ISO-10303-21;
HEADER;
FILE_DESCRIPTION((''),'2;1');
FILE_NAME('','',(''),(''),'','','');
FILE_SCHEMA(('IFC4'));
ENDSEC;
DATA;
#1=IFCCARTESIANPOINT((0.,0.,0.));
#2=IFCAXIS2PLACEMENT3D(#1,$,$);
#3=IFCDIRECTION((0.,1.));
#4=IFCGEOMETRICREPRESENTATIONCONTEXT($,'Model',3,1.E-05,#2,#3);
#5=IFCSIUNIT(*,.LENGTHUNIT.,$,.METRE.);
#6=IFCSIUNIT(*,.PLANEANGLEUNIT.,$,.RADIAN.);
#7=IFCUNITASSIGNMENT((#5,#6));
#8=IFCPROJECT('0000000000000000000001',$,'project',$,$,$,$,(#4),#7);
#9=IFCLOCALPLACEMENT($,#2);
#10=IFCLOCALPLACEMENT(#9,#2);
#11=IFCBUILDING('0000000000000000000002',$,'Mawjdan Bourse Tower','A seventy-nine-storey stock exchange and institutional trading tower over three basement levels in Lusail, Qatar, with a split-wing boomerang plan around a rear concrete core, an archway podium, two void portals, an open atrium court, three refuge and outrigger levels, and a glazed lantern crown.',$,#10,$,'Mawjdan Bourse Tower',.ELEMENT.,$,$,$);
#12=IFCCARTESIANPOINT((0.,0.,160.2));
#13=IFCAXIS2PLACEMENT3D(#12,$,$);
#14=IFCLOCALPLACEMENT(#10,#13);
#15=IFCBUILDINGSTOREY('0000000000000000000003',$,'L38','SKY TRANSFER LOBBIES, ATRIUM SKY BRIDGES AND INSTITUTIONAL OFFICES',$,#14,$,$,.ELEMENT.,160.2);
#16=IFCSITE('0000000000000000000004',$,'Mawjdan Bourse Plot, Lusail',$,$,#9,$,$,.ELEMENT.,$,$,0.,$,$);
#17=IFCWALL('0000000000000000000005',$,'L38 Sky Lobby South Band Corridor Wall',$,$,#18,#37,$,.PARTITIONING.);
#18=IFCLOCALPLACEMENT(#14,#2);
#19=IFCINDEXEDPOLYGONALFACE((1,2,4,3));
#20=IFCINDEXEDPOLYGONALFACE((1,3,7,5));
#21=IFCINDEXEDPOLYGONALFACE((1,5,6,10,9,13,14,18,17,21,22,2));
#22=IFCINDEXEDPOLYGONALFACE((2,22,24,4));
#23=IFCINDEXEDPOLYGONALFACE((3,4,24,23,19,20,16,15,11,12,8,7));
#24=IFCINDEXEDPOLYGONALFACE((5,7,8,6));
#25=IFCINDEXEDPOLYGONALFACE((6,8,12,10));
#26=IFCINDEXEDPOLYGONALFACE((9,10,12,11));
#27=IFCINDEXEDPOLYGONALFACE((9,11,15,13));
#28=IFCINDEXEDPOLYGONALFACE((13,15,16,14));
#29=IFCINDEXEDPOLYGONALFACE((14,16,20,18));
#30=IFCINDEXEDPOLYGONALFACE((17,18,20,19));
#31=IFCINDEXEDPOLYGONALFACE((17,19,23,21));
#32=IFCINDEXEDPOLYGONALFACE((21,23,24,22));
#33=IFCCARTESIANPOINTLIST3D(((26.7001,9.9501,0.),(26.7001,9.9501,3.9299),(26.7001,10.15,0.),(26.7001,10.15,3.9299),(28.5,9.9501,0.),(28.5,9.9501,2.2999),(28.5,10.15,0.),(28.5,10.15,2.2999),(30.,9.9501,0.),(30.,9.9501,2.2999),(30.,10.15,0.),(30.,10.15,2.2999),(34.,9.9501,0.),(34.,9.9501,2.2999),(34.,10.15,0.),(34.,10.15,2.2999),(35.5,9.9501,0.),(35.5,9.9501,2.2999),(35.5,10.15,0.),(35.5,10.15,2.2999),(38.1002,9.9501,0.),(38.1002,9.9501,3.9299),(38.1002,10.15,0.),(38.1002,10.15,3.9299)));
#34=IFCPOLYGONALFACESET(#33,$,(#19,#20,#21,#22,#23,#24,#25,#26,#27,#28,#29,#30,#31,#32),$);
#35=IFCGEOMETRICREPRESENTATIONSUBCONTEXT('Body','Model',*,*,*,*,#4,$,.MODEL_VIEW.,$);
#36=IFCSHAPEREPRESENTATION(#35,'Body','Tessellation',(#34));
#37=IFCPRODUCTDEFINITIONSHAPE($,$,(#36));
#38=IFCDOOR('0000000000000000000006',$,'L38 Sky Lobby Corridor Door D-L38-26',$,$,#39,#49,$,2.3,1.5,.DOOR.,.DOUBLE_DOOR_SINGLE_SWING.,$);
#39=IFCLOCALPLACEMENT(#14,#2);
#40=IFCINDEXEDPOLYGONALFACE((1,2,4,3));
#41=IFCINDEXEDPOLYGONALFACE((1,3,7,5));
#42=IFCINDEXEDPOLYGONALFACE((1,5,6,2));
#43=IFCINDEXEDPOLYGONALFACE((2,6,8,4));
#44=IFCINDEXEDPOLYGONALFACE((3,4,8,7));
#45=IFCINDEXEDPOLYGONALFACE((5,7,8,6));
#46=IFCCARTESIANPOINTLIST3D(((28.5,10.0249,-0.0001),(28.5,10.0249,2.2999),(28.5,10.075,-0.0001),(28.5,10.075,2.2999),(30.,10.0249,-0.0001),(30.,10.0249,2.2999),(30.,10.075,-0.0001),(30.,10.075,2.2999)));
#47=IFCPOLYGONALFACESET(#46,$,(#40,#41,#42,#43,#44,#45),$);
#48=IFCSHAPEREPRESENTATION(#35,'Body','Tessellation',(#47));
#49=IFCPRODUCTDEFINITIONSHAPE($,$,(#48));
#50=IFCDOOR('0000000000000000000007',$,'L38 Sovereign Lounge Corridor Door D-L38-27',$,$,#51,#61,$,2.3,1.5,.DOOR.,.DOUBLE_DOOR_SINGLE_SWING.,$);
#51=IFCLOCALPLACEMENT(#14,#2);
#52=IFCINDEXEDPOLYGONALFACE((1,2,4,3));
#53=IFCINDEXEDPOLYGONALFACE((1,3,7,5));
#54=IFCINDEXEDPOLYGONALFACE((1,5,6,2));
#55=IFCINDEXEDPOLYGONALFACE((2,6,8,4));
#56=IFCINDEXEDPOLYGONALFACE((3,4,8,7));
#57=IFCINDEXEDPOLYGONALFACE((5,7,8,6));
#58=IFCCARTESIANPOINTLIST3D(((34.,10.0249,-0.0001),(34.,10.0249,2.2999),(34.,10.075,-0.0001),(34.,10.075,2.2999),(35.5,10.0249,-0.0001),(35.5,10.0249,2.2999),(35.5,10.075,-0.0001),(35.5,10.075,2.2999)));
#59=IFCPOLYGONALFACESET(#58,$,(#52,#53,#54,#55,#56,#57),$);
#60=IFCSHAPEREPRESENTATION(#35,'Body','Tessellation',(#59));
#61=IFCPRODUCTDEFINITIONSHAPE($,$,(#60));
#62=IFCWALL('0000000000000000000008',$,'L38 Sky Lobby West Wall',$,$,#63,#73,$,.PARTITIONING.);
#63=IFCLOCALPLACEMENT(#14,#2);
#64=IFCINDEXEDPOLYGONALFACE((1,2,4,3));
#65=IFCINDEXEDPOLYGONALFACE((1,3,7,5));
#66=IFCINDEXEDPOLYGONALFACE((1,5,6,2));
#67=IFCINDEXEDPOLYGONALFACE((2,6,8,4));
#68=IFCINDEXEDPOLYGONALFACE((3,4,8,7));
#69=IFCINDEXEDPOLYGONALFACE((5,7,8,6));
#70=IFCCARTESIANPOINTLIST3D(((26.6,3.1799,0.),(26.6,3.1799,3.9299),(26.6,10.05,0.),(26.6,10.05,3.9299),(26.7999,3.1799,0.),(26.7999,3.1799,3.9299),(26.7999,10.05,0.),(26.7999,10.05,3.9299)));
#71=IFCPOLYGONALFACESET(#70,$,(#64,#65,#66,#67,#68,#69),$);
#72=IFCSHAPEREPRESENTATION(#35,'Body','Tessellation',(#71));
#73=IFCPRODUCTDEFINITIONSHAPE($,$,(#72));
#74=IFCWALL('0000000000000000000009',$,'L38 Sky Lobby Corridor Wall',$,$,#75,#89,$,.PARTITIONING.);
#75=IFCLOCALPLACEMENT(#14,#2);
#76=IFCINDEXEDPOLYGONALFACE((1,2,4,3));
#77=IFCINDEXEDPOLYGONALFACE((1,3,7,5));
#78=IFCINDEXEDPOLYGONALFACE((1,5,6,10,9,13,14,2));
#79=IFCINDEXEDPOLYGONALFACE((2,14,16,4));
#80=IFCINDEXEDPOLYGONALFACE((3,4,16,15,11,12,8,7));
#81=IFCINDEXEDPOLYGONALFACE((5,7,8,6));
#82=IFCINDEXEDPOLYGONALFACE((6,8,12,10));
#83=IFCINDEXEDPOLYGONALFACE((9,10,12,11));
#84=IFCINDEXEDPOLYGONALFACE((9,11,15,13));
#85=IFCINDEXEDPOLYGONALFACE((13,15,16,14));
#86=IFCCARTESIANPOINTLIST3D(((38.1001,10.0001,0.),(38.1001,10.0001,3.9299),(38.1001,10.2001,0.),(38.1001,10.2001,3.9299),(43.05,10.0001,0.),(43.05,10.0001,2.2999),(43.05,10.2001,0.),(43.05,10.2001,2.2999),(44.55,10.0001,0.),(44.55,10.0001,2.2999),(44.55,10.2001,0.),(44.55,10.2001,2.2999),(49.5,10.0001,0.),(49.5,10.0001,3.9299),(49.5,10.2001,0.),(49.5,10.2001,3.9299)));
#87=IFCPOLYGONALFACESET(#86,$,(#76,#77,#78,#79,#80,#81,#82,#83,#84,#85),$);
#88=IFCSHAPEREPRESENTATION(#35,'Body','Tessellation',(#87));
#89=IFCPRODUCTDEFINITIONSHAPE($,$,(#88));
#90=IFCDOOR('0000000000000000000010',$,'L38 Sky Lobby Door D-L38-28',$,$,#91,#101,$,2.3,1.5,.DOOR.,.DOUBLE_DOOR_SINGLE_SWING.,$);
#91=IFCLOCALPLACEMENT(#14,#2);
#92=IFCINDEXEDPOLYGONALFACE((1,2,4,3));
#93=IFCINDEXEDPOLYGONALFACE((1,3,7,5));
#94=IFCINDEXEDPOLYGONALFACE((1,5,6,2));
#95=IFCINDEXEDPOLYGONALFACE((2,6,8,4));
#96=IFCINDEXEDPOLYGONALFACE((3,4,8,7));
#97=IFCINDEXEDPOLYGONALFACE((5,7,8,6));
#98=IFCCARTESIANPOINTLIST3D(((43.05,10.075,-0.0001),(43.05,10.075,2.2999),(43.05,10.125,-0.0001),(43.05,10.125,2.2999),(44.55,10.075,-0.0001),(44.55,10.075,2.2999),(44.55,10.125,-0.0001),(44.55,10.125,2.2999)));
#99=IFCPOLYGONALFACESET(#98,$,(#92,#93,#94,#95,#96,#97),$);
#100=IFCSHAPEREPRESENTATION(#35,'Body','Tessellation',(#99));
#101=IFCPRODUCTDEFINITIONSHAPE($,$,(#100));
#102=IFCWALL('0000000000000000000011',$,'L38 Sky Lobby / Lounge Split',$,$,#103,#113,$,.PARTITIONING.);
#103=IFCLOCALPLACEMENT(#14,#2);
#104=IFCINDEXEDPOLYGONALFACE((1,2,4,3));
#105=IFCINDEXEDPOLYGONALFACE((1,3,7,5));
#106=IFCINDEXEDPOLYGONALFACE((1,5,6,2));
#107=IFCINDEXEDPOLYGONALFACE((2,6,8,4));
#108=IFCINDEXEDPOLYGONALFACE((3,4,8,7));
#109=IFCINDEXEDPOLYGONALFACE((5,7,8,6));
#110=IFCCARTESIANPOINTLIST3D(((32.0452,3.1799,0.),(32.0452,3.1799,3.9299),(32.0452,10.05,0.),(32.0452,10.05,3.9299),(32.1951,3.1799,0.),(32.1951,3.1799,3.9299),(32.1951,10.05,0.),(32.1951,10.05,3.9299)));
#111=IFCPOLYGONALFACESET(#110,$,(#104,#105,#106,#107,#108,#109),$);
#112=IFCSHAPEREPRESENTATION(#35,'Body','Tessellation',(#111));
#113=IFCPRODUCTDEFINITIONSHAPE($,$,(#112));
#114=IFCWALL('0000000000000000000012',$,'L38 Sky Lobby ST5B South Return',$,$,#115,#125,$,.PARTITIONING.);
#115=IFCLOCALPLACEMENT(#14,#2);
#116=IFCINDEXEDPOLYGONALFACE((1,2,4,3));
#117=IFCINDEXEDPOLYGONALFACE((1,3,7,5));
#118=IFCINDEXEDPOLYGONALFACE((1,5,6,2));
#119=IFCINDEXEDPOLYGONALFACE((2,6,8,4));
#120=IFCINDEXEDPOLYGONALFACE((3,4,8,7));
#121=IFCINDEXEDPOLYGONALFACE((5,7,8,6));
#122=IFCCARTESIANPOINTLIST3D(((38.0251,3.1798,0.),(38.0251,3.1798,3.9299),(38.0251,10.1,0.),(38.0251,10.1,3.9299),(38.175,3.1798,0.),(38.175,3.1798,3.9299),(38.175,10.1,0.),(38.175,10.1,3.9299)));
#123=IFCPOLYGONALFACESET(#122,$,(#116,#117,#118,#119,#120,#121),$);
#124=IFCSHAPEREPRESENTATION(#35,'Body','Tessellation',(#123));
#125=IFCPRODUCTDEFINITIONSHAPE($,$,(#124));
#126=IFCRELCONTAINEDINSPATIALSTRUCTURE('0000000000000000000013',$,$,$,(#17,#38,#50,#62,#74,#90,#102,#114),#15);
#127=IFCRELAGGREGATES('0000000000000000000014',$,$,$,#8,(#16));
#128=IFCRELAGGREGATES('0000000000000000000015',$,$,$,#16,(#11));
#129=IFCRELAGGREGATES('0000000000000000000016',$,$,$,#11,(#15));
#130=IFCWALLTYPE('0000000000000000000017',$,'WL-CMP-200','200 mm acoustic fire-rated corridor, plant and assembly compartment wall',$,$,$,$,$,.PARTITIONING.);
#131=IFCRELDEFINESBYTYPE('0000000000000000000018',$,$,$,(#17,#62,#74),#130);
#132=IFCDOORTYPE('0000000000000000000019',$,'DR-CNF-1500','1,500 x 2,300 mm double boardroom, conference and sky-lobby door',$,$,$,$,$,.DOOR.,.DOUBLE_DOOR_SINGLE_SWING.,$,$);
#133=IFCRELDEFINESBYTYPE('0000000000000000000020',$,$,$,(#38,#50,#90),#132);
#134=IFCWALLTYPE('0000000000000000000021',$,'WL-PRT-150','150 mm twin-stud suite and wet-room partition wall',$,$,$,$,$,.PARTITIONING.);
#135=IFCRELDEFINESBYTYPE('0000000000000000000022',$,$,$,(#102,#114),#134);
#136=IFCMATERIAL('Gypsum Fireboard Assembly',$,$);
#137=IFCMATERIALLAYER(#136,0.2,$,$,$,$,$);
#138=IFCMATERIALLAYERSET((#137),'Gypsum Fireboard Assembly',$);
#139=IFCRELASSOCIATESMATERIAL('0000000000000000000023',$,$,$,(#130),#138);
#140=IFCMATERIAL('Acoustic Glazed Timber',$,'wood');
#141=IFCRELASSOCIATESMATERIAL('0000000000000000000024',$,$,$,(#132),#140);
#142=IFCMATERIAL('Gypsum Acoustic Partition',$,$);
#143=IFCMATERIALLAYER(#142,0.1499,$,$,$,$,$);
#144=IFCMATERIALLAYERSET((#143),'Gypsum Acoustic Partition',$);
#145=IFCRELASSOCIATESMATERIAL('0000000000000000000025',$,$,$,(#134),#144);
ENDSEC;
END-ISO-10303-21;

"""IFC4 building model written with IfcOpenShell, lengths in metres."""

from ifc_helpers import new_model, si_unit, direction, frame, frame_2d, origin, place, context, subcontext, project, spatial, rectangle, extrude, material, layer, layer_set, type_object, element, fill, save


model = new_model("IFC4")

# Units and contexts
model_context = context("Model", 3, precision=1e-05, world=origin(), true_north=direction((0.0, 1.0)))
body_context = subcontext(model_context, "Body", "Model", "MODEL_VIEW")
ifc_project = project(units=[si_unit("LENGTHUNIT", "METRE"), si_unit("PLANEANGLEUNIT", "RADIAN")], contexts=[model_context])

# Site, building, storey
site_placement = place(None, origin())
site = spatial("IfcSite", under=ifc_project, at=site_placement, Name="Mawjdan Bourse Plot, Lusail", CompositionType="ELEMENT", RefElevation=0.0)
building_placement = place(site_placement, origin())
building = spatial("IfcBuilding", under=site, at=building_placement, Name="Mawjdan Bourse Tower", Description="A seventy-nine-storey stock exchange and institutional trading tower over three basement levels in Lusail, Qatar, with a split-wing boomerang plan around a rear concrete core, an archway podium, two void portals, an open atrium court, three refuge and outrigger levels, and a glazed lantern crown.", LongName="Mawjdan Bourse Tower", CompositionType="ELEMENT")
storey_placement = place(building_placement, frame((0.0, 0.0, 160.2)))
storey = spatial("IfcBuildingStorey", under=building, at=storey_placement, Name="L38", Description="SKY TRANSFER LOBBIES, ATRIUM SKY BRIDGES AND INSTITUTIONAL OFFICES", CompositionType="ELEMENT", Elevation=160.2)

# Shared definitions
ifc_material_1 = material(Name="Gypsum Fireboard Assembly")
ifc_layer_1 = layer(ifc_material_1, 0.2)
ifc_layer_set_1 = layer_set([ifc_layer_1], Name="Gypsum Fireboard Assembly")
wall_type_1 = type_object("IfcWallType", Name="WL-CMP-200", Description="200 mm acoustic fire-rated corridor, plant and assembly compartment wall", PredefinedType="PARTITIONING", material=ifc_layer_set_1)
ifc_material_2 = material(Name="Acoustic Glazed Timber", Category="wood")
door_type = type_object("IfcDoorType", Name="DR-CNF-1500", Description="1,500 x 2,300 mm double boardroom, conference and sky-lobby door", OperationType="DOUBLE_DOOR_SINGLE_SWING", PredefinedType="DOOR", material=ifc_material_2)

# Wall, openings, doors
wall_1_placement = place(storey_placement, frame((26.7, 10.05, 0.0), z_axis=(0.0, 0.0, 1.0), x_axis=(1.0, 0.0, 0.0)))
wall_1 = element("IfcWall", 1, at=wall_1_placement, inside=storey, type_object=wall_type_1, Name="L38 Sky Lobby South Band Corridor Wall", PredefinedType="PARTITIONING", context=body_context, shape_type="SweptSolid", body=[
    extrude(rectangle(XDim=11.4001, YDim=0.2, at=frame_2d((5.7002, 0.0))), origin(), (0.0, 0.0, 1.0), 3.9299),
])
opening_1_placement = place(wall_1_placement, frame((1.8, 0.0, 0.0)))
opening_1 = element("IfcOpeningElement", 2, at=opening_1_placement, cuts=wall_1, PredefinedType="OPENING", context=body_context, shape_type="SweptSolid", body=[
    extrude(rectangle(XDim=1.5, YDim=2.3, at=frame_2d((0.75, 1.1499))), frame((0.0, 0.1099, 0.0), z_axis=(0.0, -1.0, 0.0), x_axis=(1.0, 0.0, 0.0)), (0.0, 0.0, 1.0), 0.22),
])
opening_2_placement = place(wall_1_placement, frame((7.3, 0.0, 0.0)))
opening_2 = element("IfcOpeningElement", 3, at=opening_2_placement, cuts=wall_1, PredefinedType="OPENING", context=body_context, shape_type="SweptSolid", body=[
    extrude(rectangle(XDim=1.5, YDim=2.3, at=frame_2d((0.75, 1.1499))), frame((0.0, 0.1099, 0.0), z_axis=(0.0, -1.0, 0.0), x_axis=(1.0, 0.0, 0.0)), (0.0, 0.0, 1.0), 0.22),
])
door_1_placement = place(opening_1_placement, origin())
door_1 = element("IfcDoor", 4, at=door_1_placement, inside=storey, type_object=door_type, Name="L38 Sky Lobby Corridor Door D-L38-26", OperationType="DOUBLE_DOOR_SINGLE_SWING", OverallHeight=2.3, OverallWidth=1.5, PredefinedType="DOOR", context=body_context, shape_type="SweptSolid", body=[
    extrude(rectangle(XDim=1.5, YDim=2.3, at=frame_2d((0.75, 1.1499))), frame((0.0, 0.0249, 0.0), z_axis=(0.0, -1.0, 0.0), x_axis=(1.0, 0.0, 0.0)), (0.0, 0.0, 1.0), 0.05),
])
fill(opening_1, door_1)
door_2_placement = place(opening_2_placement, origin())
door_2 = element("IfcDoor", 5, at=door_2_placement, inside=storey, type_object=door_type, Name="L38 Sovereign Lounge Corridor Door D-L38-27", OperationType="DOUBLE_DOOR_SINGLE_SWING", OverallHeight=2.3, OverallWidth=1.5, PredefinedType="DOOR", context=body_context, shape_type="SweptSolid", body=[
    extrude(rectangle(XDim=1.5, YDim=2.3, at=frame_2d((0.75, 1.1499))), frame((0.0, 0.0249, 0.0), z_axis=(0.0, -1.0, 0.0), x_axis=(1.0, 0.0, 0.0)), (0.0, 0.0, 1.0), 0.05),
])
fill(opening_2, door_2)

# Wall
wall_2_placement = place(storey_placement, frame((26.7, 3.1799, 0.0), z_axis=(0.0, 0.0, 1.0), x_axis=(0.0, 1.0, 0.0)))
element("IfcWall", 6, at=wall_2_placement, inside=storey, type_object=wall_type_1, Name="L38 Sky Lobby West Wall", PredefinedType="PARTITIONING", context=body_context, shape_type="SweptSolid", body=[
    extrude(rectangle(XDim=6.8701, YDim=0.2, at=frame_2d((3.4351, 0.0))), origin(), (0.0, 0.0, 1.0), 3.9299),
])

# Wall, opening, door
wall_3_placement = place(storey_placement, frame((38.1001, 10.1001, 0.0), z_axis=(0.0, 0.0, 1.0), x_axis=(1.0, 0.0, 0.0)))
wall_3 = element("IfcWall", 7, at=wall_3_placement, inside=storey, type_object=wall_type_1, Name="L38 Sky Lobby Corridor Wall", PredefinedType="PARTITIONING", context=body_context, shape_type="SweptSolid", body=[
    extrude(rectangle(XDim=11.3999, YDim=0.2, at=frame_2d((5.7, 0.0))), origin(), (0.0, 0.0, 1.0), 3.9299),
])
opening_3_placement = place(wall_3_placement, frame((4.95, 0.0, 0.0)))
opening_3 = element("IfcOpeningElement", 8, at=opening_3_placement, cuts=wall_3, PredefinedType="OPENING", context=body_context, shape_type="SweptSolid", body=[
    extrude(rectangle(XDim=1.5, YDim=2.3, at=frame_2d((0.75, 1.1499))), frame((0.0, 0.1099, 0.0), z_axis=(0.0, -1.0, 0.0), x_axis=(1.0, 0.0, 0.0)), (0.0, 0.0, 1.0), 0.22),
])
door_3_placement = place(opening_3_placement, origin())
door_3 = element("IfcDoor", 9, at=door_3_placement, inside=storey, type_object=door_type, Name="L38 Sky Lobby Door D-L38-28", OperationType="DOUBLE_DOOR_SINGLE_SWING", OverallHeight=2.3, OverallWidth=1.5, PredefinedType="DOOR", context=body_context, shape_type="SweptSolid", body=[
    extrude(rectangle(XDim=1.5, YDim=2.3, at=frame_2d((0.75, 1.1499))), frame((0.0, 0.0249, 0.0), z_axis=(0.0, -1.0, 0.0), x_axis=(1.0, 0.0, 0.0)), (0.0, 0.0, 1.0), 0.05),
])
fill(opening_3, door_3)

# Walls
ifc_material_3 = material(Name="Gypsum Acoustic Partition")
ifc_layer_2 = layer(ifc_material_3, 0.1499)
ifc_layer_set_2 = layer_set([ifc_layer_2], Name="Gypsum Acoustic Partition")
wall_type_2 = type_object("IfcWallType", Name="WL-PRT-150", Description="150 mm twin-stud suite and wet-room partition wall", PredefinedType="PARTITIONING", material=ifc_layer_set_2)
wall_4_placement = place(storey_placement, frame((32.1201, 3.1799, 0.0), z_axis=(0.0, 0.0, 1.0), x_axis=(0.0, 1.0, 0.0)))
element("IfcWall", 10, at=wall_4_placement, inside=storey, type_object=wall_type_2, Name="L38 Sky Lobby / Lounge Split", PredefinedType="PARTITIONING", context=body_context, shape_type="SweptSolid", body=[
    extrude(rectangle(XDim=6.8701, YDim=0.1499, at=frame_2d((3.4351, 0.0))), origin(), (0.0, 0.0, 1.0), 3.9299),
])
wall_5_placement = place(storey_placement, frame((38.1001, 3.1799, 0.0), z_axis=(0.0, 0.0, 1.0), x_axis=(0.0, 1.0, 0.0)))
element("IfcWall", 11, at=wall_5_placement, inside=storey, type_object=wall_type_2, Name="L38 Sky Lobby ST5B South Return", PredefinedType="PARTITIONING", context=body_context, shape_type="SweptSolid", body=[
    extrude(rectangle(XDim=6.9202, YDim=0.1499, at=frame_2d((3.46, 0.0))), origin(), (0.0, 0.0, 1.0), 3.9299),
])

save(model, "model.ifc")
